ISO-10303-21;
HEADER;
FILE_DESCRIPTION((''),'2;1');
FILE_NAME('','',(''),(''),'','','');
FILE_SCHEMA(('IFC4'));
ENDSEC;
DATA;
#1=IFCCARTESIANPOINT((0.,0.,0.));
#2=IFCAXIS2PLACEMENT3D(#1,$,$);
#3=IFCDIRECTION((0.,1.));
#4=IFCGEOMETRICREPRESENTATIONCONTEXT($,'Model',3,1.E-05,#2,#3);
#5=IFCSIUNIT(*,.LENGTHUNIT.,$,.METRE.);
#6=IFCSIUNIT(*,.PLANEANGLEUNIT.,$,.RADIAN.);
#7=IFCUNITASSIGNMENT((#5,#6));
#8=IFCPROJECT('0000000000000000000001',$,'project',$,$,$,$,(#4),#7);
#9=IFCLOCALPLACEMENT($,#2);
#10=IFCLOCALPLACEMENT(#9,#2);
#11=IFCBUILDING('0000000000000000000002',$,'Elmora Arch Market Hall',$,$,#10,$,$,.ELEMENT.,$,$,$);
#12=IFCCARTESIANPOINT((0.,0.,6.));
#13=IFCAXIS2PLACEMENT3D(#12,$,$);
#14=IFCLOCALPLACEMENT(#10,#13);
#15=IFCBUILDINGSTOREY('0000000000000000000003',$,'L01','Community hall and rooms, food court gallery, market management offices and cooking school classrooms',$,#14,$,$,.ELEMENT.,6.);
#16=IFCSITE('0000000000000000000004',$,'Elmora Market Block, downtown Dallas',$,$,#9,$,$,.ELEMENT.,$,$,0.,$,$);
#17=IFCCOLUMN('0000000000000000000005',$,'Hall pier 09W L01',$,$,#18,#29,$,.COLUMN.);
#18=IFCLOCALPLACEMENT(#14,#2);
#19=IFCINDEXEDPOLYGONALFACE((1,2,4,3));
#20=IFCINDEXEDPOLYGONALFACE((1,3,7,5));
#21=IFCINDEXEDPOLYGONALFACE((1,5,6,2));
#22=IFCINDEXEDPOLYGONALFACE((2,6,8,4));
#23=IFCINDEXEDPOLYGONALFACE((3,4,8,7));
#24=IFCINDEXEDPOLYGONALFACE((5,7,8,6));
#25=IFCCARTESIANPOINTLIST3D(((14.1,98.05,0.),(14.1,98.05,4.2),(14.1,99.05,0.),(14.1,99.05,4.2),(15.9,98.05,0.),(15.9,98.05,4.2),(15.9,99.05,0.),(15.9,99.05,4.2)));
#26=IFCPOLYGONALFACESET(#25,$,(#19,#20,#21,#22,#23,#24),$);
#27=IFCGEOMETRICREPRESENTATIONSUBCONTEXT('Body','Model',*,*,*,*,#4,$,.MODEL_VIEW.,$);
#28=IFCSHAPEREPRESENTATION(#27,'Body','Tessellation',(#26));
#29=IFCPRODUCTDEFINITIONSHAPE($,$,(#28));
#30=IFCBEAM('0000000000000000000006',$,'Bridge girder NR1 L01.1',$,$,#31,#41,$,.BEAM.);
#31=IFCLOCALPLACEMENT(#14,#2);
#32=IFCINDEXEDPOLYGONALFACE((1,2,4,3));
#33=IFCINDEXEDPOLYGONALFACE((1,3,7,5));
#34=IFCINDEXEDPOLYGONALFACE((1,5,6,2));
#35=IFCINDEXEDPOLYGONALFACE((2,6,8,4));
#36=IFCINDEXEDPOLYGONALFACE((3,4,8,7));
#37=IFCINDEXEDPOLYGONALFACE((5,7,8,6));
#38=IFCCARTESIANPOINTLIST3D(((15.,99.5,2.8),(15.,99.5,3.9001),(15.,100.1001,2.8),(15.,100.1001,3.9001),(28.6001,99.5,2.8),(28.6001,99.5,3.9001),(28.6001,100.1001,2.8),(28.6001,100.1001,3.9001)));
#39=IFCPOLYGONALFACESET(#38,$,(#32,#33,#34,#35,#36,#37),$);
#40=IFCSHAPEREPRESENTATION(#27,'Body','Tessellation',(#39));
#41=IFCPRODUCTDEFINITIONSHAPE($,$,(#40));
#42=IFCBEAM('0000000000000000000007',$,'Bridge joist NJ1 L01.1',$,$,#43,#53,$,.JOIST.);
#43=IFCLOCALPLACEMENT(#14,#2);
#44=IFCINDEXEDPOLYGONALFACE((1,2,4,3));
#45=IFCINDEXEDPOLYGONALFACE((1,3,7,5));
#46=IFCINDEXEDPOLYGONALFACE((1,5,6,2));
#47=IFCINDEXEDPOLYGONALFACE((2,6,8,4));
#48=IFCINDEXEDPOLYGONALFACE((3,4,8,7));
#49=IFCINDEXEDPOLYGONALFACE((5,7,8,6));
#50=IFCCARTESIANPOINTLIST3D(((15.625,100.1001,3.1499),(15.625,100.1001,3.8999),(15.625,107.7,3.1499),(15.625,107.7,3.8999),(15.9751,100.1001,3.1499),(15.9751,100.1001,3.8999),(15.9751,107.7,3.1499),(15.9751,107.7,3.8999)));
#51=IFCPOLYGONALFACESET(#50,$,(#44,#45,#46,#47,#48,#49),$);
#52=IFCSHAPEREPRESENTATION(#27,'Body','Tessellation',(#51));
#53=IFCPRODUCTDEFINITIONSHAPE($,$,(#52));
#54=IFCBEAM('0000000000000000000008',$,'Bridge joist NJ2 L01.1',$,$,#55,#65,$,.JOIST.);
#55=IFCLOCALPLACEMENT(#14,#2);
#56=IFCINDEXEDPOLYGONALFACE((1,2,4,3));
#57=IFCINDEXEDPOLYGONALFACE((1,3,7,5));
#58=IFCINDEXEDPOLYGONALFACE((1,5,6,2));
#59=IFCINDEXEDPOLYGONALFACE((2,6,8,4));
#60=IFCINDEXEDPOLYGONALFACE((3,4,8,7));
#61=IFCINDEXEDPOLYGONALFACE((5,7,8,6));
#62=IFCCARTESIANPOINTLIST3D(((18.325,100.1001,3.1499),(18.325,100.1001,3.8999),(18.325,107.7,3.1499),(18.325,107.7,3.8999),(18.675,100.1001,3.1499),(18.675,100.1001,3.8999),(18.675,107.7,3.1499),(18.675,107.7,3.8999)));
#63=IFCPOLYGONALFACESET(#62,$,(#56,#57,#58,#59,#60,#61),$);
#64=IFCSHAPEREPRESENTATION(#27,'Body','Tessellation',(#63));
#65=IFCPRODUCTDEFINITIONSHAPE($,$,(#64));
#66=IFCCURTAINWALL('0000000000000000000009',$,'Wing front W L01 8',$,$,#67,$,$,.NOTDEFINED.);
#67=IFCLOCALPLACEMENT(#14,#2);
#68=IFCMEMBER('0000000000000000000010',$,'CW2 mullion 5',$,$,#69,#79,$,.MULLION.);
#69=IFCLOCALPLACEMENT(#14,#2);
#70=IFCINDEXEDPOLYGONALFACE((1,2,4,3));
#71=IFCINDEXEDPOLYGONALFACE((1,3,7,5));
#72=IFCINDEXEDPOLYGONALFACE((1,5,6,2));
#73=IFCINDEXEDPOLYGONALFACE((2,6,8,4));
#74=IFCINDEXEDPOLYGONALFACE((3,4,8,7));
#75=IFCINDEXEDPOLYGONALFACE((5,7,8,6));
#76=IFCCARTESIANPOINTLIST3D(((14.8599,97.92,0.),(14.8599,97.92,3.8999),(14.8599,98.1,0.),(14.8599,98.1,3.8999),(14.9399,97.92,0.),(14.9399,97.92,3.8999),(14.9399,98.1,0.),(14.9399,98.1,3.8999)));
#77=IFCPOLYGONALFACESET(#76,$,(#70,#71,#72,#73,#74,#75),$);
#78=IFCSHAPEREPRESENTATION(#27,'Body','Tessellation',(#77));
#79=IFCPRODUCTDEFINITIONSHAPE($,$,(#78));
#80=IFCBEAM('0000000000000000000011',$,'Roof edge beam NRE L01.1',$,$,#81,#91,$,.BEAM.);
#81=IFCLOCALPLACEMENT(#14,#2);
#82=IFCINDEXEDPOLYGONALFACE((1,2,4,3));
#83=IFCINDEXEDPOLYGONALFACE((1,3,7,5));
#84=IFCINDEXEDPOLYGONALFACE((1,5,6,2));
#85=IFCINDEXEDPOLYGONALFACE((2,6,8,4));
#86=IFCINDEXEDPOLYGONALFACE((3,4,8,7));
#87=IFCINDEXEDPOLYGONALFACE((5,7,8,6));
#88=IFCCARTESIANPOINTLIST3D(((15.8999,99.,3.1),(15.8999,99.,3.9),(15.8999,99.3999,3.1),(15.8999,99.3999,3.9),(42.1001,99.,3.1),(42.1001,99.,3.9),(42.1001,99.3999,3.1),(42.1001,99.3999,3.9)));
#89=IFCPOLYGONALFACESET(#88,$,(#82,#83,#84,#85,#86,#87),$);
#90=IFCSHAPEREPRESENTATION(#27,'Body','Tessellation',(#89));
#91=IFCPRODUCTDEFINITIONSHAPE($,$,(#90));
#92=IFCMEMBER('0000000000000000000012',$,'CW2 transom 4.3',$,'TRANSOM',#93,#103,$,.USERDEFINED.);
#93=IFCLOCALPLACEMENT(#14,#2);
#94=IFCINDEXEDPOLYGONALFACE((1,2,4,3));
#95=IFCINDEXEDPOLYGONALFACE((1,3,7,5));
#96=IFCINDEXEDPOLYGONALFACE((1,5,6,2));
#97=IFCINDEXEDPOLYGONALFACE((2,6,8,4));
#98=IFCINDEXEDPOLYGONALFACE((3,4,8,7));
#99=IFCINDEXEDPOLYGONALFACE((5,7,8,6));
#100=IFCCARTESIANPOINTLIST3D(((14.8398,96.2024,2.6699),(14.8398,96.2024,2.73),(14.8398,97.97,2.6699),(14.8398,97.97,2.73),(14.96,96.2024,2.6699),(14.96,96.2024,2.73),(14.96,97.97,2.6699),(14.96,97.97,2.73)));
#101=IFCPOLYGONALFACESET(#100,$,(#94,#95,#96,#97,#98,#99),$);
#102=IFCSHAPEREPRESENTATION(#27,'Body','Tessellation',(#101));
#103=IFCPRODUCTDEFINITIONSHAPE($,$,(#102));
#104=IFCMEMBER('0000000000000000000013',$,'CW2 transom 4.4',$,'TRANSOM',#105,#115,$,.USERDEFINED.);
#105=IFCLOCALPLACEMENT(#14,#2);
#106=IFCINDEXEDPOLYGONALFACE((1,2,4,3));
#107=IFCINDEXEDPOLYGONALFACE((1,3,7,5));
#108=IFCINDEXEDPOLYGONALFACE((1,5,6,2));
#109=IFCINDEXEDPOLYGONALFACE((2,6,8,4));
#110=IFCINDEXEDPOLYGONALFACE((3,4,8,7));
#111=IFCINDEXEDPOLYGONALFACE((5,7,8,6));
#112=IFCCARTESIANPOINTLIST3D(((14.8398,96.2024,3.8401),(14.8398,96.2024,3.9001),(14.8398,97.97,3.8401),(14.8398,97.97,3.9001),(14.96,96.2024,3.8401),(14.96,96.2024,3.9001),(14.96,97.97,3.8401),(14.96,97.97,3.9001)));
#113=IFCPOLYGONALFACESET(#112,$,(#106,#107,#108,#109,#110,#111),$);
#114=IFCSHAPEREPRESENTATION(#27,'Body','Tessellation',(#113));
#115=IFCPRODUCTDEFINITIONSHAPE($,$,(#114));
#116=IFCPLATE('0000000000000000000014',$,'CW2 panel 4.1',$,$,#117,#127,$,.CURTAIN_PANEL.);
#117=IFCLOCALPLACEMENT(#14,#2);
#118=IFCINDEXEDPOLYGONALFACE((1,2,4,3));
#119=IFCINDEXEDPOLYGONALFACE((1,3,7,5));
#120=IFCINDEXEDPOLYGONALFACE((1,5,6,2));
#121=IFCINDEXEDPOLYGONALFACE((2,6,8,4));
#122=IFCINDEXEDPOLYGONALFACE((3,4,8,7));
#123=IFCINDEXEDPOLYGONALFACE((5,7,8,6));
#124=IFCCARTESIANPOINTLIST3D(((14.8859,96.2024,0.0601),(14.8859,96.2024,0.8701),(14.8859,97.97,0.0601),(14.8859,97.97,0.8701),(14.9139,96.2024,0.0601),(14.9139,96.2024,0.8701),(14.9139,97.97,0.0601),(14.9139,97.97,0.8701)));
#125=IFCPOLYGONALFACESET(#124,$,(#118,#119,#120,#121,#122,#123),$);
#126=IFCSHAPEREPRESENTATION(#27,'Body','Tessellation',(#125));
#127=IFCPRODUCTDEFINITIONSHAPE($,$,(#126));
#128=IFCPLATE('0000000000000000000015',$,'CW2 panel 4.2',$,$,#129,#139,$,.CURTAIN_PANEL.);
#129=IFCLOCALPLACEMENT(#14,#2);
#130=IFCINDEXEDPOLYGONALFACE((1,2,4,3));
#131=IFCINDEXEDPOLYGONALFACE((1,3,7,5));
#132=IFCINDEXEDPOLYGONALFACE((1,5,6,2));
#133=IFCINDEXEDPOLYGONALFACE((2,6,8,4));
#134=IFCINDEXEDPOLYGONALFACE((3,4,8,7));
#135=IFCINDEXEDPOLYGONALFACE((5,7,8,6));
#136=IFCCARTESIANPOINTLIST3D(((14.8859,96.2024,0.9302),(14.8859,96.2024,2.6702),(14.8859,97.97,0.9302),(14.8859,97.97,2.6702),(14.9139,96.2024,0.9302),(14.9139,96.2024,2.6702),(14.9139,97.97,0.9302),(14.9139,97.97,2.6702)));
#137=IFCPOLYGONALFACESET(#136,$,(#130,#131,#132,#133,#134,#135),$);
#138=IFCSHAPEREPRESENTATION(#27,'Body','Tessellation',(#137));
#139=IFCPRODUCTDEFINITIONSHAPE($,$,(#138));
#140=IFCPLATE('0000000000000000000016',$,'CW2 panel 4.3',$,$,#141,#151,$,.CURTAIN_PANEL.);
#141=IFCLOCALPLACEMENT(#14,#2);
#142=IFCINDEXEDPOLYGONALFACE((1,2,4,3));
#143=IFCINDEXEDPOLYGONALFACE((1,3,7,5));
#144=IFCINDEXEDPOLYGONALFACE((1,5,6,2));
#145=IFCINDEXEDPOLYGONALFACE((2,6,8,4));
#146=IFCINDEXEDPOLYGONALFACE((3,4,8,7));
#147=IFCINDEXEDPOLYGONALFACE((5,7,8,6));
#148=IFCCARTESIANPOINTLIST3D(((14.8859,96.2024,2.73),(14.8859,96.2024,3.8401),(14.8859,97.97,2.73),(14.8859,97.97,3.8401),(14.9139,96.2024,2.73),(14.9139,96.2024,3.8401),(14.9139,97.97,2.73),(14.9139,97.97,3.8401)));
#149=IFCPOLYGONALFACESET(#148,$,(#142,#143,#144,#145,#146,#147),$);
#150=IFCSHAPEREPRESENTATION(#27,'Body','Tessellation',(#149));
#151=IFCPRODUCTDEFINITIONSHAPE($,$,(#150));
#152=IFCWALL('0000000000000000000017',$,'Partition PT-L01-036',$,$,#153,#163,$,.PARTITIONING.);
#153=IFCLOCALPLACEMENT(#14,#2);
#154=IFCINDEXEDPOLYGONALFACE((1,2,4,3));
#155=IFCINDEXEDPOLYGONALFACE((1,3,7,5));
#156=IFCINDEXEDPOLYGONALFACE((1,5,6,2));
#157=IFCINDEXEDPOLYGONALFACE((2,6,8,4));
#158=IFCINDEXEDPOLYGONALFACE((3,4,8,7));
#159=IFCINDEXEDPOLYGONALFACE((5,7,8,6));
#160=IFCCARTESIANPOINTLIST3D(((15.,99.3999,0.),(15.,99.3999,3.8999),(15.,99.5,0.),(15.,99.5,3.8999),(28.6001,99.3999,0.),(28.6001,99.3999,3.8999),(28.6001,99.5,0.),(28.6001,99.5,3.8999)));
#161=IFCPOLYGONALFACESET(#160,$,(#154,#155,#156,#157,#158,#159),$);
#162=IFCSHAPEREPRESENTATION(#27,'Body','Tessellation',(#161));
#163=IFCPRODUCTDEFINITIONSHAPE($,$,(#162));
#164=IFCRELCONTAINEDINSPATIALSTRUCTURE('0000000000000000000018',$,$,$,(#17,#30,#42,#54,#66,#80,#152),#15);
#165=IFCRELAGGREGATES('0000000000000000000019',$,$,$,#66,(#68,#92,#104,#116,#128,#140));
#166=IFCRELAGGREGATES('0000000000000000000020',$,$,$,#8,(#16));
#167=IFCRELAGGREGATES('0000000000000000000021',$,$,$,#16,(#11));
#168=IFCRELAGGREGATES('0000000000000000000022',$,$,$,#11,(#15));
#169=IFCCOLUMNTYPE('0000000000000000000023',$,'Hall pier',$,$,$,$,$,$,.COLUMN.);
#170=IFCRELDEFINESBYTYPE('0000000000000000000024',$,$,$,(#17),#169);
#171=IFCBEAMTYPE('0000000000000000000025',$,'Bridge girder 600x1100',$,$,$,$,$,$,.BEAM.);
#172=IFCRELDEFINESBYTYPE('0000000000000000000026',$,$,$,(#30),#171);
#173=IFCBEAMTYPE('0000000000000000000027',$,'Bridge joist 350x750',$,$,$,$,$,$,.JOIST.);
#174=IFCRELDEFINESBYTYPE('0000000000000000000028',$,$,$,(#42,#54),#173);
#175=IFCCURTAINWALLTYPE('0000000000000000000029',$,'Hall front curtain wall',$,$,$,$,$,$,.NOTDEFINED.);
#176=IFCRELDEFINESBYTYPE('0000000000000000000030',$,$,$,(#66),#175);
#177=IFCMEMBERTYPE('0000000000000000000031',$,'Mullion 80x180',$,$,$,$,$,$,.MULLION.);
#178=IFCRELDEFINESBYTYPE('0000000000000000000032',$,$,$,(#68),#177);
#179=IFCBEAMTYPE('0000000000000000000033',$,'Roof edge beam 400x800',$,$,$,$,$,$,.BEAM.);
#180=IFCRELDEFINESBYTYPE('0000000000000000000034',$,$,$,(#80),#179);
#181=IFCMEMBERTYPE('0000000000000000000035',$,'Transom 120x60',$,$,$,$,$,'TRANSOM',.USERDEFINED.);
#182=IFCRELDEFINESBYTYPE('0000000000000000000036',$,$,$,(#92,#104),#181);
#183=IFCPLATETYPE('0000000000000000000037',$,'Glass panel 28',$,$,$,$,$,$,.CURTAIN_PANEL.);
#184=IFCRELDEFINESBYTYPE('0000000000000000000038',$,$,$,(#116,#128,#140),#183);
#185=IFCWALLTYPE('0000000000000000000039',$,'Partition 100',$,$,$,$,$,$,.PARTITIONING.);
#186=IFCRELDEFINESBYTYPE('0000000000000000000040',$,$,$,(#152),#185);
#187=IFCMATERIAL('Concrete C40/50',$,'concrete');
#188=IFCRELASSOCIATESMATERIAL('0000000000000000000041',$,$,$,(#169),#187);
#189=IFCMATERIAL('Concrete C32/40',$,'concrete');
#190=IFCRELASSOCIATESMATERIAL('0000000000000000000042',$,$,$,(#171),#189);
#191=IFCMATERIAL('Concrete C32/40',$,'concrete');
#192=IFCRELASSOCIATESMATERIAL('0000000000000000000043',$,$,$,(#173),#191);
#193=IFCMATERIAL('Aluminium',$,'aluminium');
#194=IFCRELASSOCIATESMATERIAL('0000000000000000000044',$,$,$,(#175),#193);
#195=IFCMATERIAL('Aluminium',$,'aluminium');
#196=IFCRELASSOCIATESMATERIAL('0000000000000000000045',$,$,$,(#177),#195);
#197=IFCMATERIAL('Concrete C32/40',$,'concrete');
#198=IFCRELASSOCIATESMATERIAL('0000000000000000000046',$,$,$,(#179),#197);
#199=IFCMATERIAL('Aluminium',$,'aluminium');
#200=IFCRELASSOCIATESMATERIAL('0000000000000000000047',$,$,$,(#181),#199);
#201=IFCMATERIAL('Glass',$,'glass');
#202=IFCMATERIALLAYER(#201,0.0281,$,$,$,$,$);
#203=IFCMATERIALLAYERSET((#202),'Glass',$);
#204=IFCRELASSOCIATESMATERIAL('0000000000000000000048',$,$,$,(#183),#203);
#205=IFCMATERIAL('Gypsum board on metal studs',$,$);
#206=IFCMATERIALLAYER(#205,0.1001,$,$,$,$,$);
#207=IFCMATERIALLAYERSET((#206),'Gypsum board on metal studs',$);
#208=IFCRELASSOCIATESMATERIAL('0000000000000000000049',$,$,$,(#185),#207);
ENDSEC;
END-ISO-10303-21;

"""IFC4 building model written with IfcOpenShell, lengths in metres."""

from ifc_helpers import new_model, si_unit, direction, frame, frame_2d, origin, origin_2d, place, context, subcontext, project, spatial, rectangle, extrude, material, layer, layer_set, material_profile, profile_set, type_object, element, aggregate, save


model = new_model("IFC4")

# Units and contexts
model_context = context("Model", 3, precision=1e-05, world=origin(), true_north=direction((0.0, 1.0)))
body_context = subcontext(model_context, "Body", "Model", "MODEL_VIEW")
ifc_project = project(units=[si_unit("LENGTHUNIT", "METRE"), si_unit("PLANEANGLEUNIT", "RADIAN")], contexts=[model_context])

# Site, building, storey
site_placement = place(None, origin())
site = spatial("IfcSite", under=ifc_project, at=site_placement, Name="Elmora Market Block, downtown Dallas", CompositionType="ELEMENT", RefElevation=0.0)
building_placement = place(site_placement, origin())
building = spatial("IfcBuilding", under=site, at=building_placement, Name="Elmora Arch Market Hall", CompositionType="ELEMENT")
storey_placement = place(building_placement, frame((0.0, 0.0, 6.0)))
storey = spatial("IfcBuildingStorey", under=building, at=storey_placement, Name="L01", Description="Community hall and rooms, food court gallery, market management offices and cooking school classrooms", CompositionType="ELEMENT", Elevation=6.0)

# Column
ifc_material_1 = material(Name="Concrete C40/50", Category="concrete")
ifc_material_profile_1 = material_profile(ifc_material_1, rectangle(XDim=1.8, YDim=1.0, at=origin_2d()), Name="Hall pier")
ifc_profile_set_1 = profile_set([ifc_material_profile_1], Name="Concrete C40/50")
column_type = type_object("IfcColumnType", Name="Hall pier", PredefinedType="COLUMN", material=ifc_profile_set_1)
column_placement = place(storey_placement, frame((15.0, 98.55, 0.0), z_axis=(0.0, 0.0, 1.0), x_axis=(1.0, 0.0, 0.0)))
element("IfcColumn", 1, at=column_placement, inside=storey, type_object=column_type, Name="Hall pier 09W L01", PredefinedType="COLUMN", context=body_context, shape_type="SweptSolid", body=[
    extrude(rectangle(XDim=1.8, YDim=1.0, at=origin_2d()), origin(), (0.0, 0.0, 1.0), 4.2),
])

# Beams
ifc_material_2 = material(Name="Concrete C32/40", Category="concrete")
ifc_material_profile_2 = material_profile(ifc_material_2, rectangle(XDim=0.6001, YDim=1.1001, at=origin_2d()), Name="Bridge girder 600x1100")
ifc_profile_set_2 = profile_set([ifc_material_profile_2], Name="Concrete C32/40")
beam_type_1 = type_object("IfcBeamType", Name="Bridge girder 600x1100", PredefinedType="BEAM", material=ifc_profile_set_2)
beam_1_placement = place(storey_placement, frame((15.0, 99.8, 3.3501), z_axis=(1.0, 0.0, 0.0), x_axis=(0.0, 1.0, 0.0)))
element("IfcBeam", 2, at=beam_1_placement, inside=storey, type_object=beam_type_1, Name="Bridge girder NR1 L01.1", PredefinedType="BEAM", context=body_context, shape_type="SweptSolid", body=[
    extrude(rectangle(XDim=0.6001, YDim=1.1001, at=origin_2d()), origin(), (0.0, 0.0, 1.0), 13.6001),
])
ifc_material_3 = material(Name="Concrete C32/40", Category="concrete")
ifc_material_profile_3 = material_profile(ifc_material_3, rectangle(XDim=0.3501, YDim=0.75, at=origin_2d()), Name="Bridge joist 350x750")
ifc_profile_set_3 = profile_set([ifc_material_profile_3], Name="Concrete C32/40")
beam_type_2 = type_object("IfcBeamType", Name="Bridge joist 350x750", PredefinedType="JOIST", material=ifc_profile_set_3)
for number, where, z_axis, x_axis, name in (
    (3, (15.8, 100.1001, 3.5249), (0.0, 1.0, 0.0), (-1.0, 0.0, 0.0), "Bridge joist NJ1 L01.1"),
    (4, (18.5, 100.1001, 3.5249), (0.0, 1.0, 0.0), (-1.0, 0.0, 0.0), "Bridge joist NJ2 L01.1"),
):
    element("IfcBeam", number, at=place(storey_placement, frame(where, z_axis=z_axis, x_axis=x_axis)), inside=storey, type_object=beam_type_2, Name=name, PredefinedType="JOIST", context=body_context, shape_type="SweptSolid", body=[
        extrude(rectangle(XDim=0.3501, YDim=0.75, at=origin_2d()), origin(), (0.0, 0.0, 1.0), 7.5999),
    ])

# Curtain wall, member
ifc_material_4 = material(Name="Aluminium", Category="aluminium")
curtain_wall_type = type_object("IfcCurtainWallType", Name="Hall front curtain wall", PredefinedType="NOTDEFINED", material=ifc_material_4)
curtain_wall_placement = place(storey_placement, origin())
curtain_wall = element("IfcCurtainWall", 5, at=curtain_wall_placement, inside=storey, type_object=curtain_wall_type, Name="Wing front W L01 8", PredefinedType="NOTDEFINED")
ifc_material_5 = material(Name="Aluminium", Category="aluminium")
ifc_material_profile_4 = material_profile(ifc_material_5, rectangle(XDim=0.0801, YDim=0.1799, at=origin_2d()), Name="AL 80x180")
ifc_profile_set_4 = profile_set([ifc_material_profile_4], Name="Aluminium")
member_type_1 = type_object("IfcMemberType", Name="Mullion 80x180", PredefinedType="MULLION", material=ifc_profile_set_4)
member_1_placement = place(storey_placement, frame((14.8999, 98.01, 0.0), z_axis=(0.0, 0.0, 1.0), x_axis=(-1.0, 0.0, 0.0)))
member_1 = element("IfcMember", 6, at=member_1_placement, type_object=member_type_1, Name="CW2 mullion 5", PredefinedType="MULLION", context=body_context, shape_type="SweptSolid", body=[
    extrude(rectangle(XDim=0.0801, YDim=0.1799, at=origin_2d()), origin(), (0.0, 0.0, 1.0), 3.8999),
])

# Beam
ifc_material_6 = material(Name="Concrete C32/40", Category="concrete")
ifc_material_profile_5 = material_profile(ifc_material_6, rectangle(XDim=0.3999, YDim=0.8, at=origin_2d()), Name="Roof edge beam 400x800")
ifc_profile_set_5 = profile_set([ifc_material_profile_5], Name="Concrete C32/40")
beam_type_3 = type_object("IfcBeamType", Name="Roof edge beam 400x800", PredefinedType="BEAM", material=ifc_profile_set_5)
beam_2_placement = place(storey_placement, frame((15.8999, 99.2, 3.5), z_axis=(1.0, 0.0, 0.0), x_axis=(0.0, 1.0, 0.0)))
element("IfcBeam", 7, at=beam_2_placement, inside=storey, type_object=beam_type_3, Name="Roof edge beam NRE L01.1", PredefinedType="BEAM", context=body_context, shape_type="SweptSolid", body=[
    extrude(rectangle(XDim=0.3999, YDim=0.8, at=origin_2d()), origin(), (0.0, 0.0, 1.0), 26.2002),
])

# Members
ifc_material_7 = material(Name="Aluminium", Category="aluminium")
ifc_material_profile_6 = material_profile(ifc_material_7, rectangle(XDim=0.1201, YDim=0.0601, at=origin_2d()), Name="AL 120x60")
ifc_profile_set_6 = profile_set([ifc_material_profile_6], Name="Aluminium")
member_type_2 = type_object("IfcMemberType", Name="Transom 120x60", ElementType="TRANSOM", PredefinedType="USERDEFINED", material=ifc_profile_set_6)
member_2_placement = place(storey_placement, frame((14.8999, 96.2024, 2.7), z_axis=(0.0, 1.0, 0.0), x_axis=(-1.0, 0.0, 0.0)))
member_2 = element("IfcMember", 8, at=member_2_placement, type_object=member_type_2, Name="CW2 transom 4.3", ObjectType="TRANSOM", PredefinedType="USERDEFINED", context=body_context, shape_type="SweptSolid", body=[
    extrude(rectangle(XDim=0.1201, YDim=0.0601, at=origin_2d()), origin(), (0.0, 0.0, 1.0), 1.7676),
])
member_3_placement = place(storey_placement, frame((14.8999, 96.2024, 3.8701), z_axis=(0.0, 1.0, 0.0), x_axis=(-1.0, 0.0, 0.0)))
member_3 = element("IfcMember", 9, at=member_3_placement, type_object=member_type_2, Name="CW2 transom 4.4", ObjectType="TRANSOM", PredefinedType="USERDEFINED", context=body_context, shape_type="SweptSolid", body=[
    extrude(rectangle(XDim=0.1201, YDim=0.0601, at=origin_2d()), origin(), (0.0, 0.0, 1.0), 1.7676),
])

# Plates
ifc_material_8 = material(Name="Glass", Category="glass")
ifc_layer_1 = layer(ifc_material_8, 0.0281)
ifc_layer_set_1 = layer_set([ifc_layer_1], Name="Glass")
plate_type = type_object("IfcPlateType", Name="Glass panel 28", PredefinedType="CURTAIN_PANEL", material=ifc_layer_set_1)
plate_1_placement = place(storey_placement, frame((14.8999, 97.0862, 0.0601), z_axis=(0.0, 0.0, 1.0), x_axis=(0.0, 1.0, 0.0)))
plate_1 = element("IfcPlate", 10, at=plate_1_placement, type_object=plate_type, Name="CW2 panel 4.1", PredefinedType="CURTAIN_PANEL", context=body_context, shape_type="SweptSolid", body=[
    extrude(rectangle(XDim=1.7676, YDim=0.0281, at=origin_2d()), origin(), (0.0, 0.0, 1.0), 0.8101),
])
plate_2_placement = place(storey_placement, frame((14.8999, 97.0862, 0.9302), z_axis=(0.0, 0.0, 1.0), x_axis=(0.0, 1.0, 0.0)))
plate_2 = element("IfcPlate", 11, at=plate_2_placement, type_object=plate_type, Name="CW2 panel 4.2", PredefinedType="CURTAIN_PANEL", context=body_context, shape_type="SweptSolid", body=[
    extrude(rectangle(XDim=1.7676, YDim=0.0281, at=origin_2d()), origin(), (0.0, 0.0, 1.0), 1.74),
])
plate_3_placement = place(storey_placement, frame((14.8999, 97.0862, 2.73), z_axis=(0.0, 0.0, 1.0), x_axis=(0.0, 1.0, 0.0)))
plate_3 = element("IfcPlate", 12, at=plate_3_placement, type_object=plate_type, Name="CW2 panel 4.3", PredefinedType="CURTAIN_PANEL", context=body_context, shape_type="SweptSolid", body=[
    extrude(rectangle(XDim=1.7676, YDim=0.0281, at=origin_2d()), origin(), (0.0, 0.0, 1.0), 1.1101),
])
aggregate(curtain_wall, [member_1, member_2, member_3, plate_1, plate_2, plate_3])

# Wall
ifc_material_9 = material(Name="Gypsum board on metal studs")
ifc_layer_2 = layer(ifc_material_9, 0.1001)
ifc_layer_set_2 = layer_set([ifc_layer_2], Name="Gypsum board on metal studs")
wall_type_1 = type_object("IfcWallType", Name="Partition 100", PredefinedType="PARTITIONING", material=ifc_layer_set_2)
wall_1_placement = place(storey_placement, frame((15.0, 99.45, 0.0), z_axis=(0.0, 0.0, 1.0), x_axis=(1.0, 0.0, 0.0)))
element("IfcWall", 13, at=wall_1_placement, inside=storey, type_object=wall_type_1, Name="Partition PT-L01-036", PredefinedType="PARTITIONING", context=body_context, shape_type="SweptSolid", body=[
    extrude(rectangle(XDim=13.6001, YDim=0.1001, at=frame_2d((6.8, 0.0))), origin(), (0.0, 0.0, 1.0), 3.8999),
])

save(model, "model.ifc")
